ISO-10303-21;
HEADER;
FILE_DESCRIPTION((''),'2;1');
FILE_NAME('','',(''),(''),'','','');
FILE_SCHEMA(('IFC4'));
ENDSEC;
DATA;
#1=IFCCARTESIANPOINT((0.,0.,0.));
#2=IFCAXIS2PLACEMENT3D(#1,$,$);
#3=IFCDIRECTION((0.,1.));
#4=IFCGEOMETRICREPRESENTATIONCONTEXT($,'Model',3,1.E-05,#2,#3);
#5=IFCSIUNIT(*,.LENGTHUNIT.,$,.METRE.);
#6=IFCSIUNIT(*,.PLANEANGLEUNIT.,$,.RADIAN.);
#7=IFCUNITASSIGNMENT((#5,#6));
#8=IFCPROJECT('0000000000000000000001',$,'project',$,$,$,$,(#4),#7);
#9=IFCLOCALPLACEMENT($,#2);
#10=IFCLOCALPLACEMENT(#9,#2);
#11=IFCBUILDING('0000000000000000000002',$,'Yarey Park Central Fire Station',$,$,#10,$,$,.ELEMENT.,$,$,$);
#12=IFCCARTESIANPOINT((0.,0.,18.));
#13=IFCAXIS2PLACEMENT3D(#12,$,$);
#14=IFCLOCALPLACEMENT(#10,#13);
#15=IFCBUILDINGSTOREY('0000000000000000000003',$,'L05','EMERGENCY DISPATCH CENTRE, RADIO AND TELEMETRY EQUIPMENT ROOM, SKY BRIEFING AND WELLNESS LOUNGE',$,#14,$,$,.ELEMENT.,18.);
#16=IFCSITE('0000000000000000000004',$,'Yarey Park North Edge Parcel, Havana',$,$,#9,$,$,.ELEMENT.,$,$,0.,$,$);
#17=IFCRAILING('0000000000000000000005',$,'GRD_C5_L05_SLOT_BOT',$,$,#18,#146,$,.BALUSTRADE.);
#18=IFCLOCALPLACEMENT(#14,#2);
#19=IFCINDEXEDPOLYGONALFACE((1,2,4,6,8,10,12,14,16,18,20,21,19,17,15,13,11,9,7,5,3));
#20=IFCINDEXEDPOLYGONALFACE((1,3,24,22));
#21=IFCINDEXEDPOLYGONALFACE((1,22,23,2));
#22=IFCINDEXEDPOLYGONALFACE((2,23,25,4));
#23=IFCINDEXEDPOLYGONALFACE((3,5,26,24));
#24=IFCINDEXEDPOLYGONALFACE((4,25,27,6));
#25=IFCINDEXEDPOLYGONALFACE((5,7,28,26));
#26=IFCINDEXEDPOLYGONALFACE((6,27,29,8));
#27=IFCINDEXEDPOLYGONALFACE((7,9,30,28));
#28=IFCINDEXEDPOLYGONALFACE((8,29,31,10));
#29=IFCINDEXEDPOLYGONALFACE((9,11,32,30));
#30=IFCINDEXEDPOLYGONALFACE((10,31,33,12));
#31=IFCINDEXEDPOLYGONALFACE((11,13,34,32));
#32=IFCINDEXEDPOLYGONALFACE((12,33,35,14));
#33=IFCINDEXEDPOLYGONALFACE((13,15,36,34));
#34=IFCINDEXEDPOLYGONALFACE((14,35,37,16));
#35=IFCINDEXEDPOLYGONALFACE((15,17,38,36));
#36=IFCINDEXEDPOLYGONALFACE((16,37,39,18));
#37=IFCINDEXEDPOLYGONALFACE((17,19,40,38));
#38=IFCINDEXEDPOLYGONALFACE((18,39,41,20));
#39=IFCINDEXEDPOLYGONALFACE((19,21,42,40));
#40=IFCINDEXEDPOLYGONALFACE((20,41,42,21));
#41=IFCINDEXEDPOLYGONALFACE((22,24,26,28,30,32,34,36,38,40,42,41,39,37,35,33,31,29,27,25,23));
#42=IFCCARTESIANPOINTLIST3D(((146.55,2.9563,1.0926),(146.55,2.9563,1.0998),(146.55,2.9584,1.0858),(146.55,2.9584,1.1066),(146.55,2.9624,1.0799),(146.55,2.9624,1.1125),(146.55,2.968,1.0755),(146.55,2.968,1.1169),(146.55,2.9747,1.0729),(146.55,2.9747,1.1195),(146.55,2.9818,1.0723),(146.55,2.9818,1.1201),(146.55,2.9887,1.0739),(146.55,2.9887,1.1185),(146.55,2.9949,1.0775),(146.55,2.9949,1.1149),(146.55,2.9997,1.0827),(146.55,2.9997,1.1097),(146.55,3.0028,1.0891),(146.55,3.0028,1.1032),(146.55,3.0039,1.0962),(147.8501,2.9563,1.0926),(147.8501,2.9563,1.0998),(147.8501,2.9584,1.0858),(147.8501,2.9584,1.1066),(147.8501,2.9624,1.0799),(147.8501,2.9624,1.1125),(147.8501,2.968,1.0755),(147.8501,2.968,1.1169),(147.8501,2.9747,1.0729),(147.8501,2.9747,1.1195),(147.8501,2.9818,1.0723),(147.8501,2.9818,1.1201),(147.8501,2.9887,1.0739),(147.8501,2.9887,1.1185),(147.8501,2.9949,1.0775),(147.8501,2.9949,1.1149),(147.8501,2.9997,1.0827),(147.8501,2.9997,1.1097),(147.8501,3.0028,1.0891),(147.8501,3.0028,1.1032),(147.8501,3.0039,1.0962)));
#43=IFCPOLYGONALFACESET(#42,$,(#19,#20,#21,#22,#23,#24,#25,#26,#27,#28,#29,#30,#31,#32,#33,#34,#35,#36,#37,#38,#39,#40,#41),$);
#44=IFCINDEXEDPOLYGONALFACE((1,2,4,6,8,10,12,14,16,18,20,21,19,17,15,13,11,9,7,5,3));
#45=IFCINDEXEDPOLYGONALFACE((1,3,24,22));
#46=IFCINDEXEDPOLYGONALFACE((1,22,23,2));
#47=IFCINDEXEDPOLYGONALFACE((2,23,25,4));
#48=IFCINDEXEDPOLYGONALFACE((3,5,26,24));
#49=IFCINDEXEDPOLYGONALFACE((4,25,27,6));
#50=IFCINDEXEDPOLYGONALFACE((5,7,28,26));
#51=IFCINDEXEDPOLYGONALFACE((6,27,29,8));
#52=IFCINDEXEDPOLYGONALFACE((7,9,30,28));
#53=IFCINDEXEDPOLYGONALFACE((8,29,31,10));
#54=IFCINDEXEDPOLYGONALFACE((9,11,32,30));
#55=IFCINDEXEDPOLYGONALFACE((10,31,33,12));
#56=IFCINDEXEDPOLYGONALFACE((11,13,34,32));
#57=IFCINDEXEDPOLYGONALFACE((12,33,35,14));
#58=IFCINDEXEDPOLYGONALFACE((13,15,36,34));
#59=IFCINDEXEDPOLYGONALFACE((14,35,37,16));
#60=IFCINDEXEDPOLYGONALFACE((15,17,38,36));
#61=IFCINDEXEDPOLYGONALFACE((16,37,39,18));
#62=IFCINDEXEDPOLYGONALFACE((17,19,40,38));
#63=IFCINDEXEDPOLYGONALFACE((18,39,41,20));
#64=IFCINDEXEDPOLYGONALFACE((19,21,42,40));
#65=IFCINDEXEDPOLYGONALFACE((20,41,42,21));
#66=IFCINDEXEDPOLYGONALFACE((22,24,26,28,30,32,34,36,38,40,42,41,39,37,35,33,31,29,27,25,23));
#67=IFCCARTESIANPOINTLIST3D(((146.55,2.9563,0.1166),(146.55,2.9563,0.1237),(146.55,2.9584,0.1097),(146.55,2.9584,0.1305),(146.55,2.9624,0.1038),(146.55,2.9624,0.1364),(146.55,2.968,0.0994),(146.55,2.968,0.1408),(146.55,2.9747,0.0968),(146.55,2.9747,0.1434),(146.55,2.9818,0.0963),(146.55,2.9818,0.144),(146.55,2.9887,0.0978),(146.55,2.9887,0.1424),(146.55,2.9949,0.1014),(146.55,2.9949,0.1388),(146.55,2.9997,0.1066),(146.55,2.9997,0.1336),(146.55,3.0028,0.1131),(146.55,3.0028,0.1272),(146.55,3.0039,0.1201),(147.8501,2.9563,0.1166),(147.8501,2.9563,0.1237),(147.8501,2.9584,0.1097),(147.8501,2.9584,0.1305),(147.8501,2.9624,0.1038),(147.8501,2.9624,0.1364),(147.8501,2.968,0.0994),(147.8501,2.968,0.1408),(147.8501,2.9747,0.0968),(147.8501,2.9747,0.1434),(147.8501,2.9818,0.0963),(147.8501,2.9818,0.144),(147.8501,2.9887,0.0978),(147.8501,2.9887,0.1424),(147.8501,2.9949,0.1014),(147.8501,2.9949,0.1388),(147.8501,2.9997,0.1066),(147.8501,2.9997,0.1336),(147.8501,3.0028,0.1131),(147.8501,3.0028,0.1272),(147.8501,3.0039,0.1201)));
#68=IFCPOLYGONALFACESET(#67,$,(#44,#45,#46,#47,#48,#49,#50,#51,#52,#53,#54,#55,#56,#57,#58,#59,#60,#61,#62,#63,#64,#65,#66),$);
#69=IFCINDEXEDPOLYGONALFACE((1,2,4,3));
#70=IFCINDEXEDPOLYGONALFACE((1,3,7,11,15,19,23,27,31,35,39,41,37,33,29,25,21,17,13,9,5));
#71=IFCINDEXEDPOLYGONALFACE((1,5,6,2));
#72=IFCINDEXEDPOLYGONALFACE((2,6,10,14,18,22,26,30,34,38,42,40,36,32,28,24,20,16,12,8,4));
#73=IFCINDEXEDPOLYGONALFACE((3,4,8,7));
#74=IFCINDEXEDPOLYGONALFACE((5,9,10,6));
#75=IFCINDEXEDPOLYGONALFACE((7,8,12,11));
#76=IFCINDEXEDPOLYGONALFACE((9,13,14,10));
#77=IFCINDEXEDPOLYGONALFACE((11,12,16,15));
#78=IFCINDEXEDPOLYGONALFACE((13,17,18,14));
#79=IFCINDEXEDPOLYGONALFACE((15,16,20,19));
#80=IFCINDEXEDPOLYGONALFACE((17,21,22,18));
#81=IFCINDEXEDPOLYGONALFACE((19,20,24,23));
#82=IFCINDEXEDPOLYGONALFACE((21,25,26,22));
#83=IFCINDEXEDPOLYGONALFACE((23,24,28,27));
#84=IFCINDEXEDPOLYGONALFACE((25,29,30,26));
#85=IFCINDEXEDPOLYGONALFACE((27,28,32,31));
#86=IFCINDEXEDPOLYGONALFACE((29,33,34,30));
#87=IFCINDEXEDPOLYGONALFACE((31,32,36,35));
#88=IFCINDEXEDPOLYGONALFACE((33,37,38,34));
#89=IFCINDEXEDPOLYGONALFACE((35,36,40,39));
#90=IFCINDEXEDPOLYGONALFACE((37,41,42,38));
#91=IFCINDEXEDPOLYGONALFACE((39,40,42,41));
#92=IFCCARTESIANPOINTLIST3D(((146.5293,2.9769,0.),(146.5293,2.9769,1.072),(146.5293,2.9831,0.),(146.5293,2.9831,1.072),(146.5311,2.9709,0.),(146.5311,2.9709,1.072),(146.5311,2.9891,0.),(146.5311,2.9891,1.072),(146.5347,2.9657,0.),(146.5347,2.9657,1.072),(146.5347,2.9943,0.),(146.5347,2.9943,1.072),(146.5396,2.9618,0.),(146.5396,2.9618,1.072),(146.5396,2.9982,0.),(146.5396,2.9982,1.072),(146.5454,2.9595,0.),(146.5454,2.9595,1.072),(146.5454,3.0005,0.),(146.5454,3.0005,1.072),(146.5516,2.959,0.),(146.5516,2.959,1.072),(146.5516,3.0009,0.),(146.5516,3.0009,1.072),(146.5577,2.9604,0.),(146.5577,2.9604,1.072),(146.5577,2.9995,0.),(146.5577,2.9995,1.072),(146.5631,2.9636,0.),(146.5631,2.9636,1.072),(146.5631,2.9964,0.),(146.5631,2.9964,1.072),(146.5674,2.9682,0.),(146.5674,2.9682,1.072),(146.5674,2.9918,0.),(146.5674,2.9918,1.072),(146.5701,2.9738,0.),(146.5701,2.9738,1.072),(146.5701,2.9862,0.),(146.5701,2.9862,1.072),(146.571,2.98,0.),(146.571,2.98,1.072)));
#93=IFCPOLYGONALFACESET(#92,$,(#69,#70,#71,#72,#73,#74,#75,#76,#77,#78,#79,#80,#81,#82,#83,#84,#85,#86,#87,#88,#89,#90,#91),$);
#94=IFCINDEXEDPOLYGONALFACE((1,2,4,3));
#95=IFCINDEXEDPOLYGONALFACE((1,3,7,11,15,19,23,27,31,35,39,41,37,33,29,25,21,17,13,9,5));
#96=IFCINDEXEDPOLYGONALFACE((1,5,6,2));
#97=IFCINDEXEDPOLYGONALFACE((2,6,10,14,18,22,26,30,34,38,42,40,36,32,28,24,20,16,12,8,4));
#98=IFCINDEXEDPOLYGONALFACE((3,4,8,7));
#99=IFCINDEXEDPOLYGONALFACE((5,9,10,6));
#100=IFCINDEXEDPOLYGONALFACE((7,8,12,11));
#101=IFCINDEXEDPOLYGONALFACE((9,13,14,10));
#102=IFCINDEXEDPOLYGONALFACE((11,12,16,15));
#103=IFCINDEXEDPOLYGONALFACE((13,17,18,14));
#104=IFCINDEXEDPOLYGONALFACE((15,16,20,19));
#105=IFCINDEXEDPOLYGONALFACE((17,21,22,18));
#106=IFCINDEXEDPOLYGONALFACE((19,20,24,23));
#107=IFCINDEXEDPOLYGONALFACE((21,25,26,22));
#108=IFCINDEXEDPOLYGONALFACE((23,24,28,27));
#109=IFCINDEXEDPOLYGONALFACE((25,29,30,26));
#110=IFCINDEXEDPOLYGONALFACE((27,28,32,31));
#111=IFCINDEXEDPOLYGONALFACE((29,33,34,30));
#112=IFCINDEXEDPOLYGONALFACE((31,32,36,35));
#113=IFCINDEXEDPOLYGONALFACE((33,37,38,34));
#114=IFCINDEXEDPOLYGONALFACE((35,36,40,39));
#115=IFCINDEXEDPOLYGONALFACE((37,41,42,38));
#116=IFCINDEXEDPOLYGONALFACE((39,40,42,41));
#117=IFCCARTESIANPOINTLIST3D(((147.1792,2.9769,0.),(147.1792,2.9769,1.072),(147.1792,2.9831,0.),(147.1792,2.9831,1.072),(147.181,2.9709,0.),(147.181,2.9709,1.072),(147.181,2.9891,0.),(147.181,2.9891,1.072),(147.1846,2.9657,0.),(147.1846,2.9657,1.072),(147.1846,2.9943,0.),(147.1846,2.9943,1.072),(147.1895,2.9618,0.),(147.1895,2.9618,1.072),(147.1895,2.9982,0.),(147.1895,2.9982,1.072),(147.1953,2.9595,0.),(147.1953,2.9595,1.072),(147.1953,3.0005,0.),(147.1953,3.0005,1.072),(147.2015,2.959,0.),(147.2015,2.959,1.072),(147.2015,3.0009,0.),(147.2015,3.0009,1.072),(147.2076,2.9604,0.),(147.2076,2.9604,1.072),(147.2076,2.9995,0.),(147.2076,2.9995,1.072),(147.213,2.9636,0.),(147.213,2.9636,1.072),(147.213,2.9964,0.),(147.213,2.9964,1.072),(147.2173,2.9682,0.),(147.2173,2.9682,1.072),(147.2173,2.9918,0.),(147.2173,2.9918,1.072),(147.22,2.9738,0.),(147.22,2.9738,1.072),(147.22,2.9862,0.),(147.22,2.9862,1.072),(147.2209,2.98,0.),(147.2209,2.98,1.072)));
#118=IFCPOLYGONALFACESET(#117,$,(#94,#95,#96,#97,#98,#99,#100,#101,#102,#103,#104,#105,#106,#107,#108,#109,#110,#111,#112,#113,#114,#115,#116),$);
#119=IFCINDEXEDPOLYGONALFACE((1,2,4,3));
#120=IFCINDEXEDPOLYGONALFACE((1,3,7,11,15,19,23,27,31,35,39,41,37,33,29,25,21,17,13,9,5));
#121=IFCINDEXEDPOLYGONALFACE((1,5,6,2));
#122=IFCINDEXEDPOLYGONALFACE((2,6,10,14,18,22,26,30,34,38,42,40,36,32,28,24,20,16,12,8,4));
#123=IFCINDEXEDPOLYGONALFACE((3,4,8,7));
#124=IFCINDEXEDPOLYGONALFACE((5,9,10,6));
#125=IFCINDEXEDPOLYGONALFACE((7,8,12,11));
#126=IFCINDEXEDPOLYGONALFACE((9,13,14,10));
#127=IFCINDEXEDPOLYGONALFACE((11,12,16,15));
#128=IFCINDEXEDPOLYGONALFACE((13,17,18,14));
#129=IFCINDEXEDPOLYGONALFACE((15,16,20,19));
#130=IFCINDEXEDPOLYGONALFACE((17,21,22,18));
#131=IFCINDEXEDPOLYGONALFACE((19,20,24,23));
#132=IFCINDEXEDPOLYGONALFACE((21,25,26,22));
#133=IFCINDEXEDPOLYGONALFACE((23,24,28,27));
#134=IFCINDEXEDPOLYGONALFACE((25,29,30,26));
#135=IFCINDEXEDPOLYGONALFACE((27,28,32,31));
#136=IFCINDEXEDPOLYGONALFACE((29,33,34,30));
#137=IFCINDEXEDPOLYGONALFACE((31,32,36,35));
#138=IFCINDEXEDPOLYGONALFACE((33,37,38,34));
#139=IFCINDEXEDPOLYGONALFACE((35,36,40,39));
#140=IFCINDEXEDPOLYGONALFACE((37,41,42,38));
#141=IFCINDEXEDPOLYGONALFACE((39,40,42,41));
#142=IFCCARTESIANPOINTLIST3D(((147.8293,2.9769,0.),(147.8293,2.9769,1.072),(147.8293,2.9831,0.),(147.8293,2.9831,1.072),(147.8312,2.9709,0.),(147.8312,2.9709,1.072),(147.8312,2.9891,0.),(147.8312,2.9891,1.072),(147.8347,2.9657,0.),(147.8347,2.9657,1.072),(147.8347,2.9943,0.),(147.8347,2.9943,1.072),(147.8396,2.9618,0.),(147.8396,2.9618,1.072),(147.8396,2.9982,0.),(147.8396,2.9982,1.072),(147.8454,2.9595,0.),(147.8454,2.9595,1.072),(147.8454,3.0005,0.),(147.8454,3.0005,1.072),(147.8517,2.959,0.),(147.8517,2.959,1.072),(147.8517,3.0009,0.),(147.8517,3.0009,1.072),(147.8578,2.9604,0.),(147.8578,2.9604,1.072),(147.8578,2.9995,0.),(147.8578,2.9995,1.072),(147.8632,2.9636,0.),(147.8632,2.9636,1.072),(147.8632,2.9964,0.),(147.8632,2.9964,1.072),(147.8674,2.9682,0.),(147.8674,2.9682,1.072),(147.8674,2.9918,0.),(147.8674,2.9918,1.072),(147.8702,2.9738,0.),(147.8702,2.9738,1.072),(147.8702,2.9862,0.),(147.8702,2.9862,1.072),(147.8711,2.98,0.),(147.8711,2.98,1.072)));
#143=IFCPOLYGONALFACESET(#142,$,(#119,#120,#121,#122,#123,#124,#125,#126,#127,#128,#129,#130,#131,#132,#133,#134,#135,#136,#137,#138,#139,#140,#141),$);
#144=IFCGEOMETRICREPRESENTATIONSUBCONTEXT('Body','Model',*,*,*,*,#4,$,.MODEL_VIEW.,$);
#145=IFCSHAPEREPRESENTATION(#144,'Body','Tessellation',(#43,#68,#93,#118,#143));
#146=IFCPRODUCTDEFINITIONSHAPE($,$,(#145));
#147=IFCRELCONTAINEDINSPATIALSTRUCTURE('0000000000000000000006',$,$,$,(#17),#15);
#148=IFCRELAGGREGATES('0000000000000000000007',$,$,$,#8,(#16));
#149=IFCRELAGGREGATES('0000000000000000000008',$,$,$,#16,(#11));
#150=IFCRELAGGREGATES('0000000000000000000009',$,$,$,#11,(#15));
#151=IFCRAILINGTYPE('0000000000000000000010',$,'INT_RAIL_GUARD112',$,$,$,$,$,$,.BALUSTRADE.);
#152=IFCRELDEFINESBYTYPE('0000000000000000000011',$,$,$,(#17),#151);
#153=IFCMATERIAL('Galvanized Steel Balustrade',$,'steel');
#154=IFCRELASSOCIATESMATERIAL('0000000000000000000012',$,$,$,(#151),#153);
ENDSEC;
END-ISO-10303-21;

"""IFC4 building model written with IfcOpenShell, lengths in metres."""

from ifc_helpers import new_model, si_unit, direction, frame, origin, origin_2d, place, context, subcontext, project, spatial, circle, extrude, material, type_object, element, save


model = new_model("IFC4")

# Units and contexts
model_context = context("Model", 3, precision=1e-05, world=origin(), true_north=direction((0.0, 1.0)))
body_context = subcontext(model_context, "Body", "Model", "MODEL_VIEW")
ifc_project = project(units=[si_unit("LENGTHUNIT", "METRE"), si_unit("PLANEANGLEUNIT", "RADIAN")], contexts=[model_context])

# Site, building, storey
site_placement = place(None, origin())
site = spatial("IfcSite", under=ifc_project, at=site_placement, Name="Yarey Park North Edge Parcel, Havana", CompositionType="ELEMENT", RefElevation=0.0)
building_placement = place(site_placement, origin())
building = spatial("IfcBuilding", under=site, at=building_placement, Name="Yarey Park Central Fire Station", CompositionType="ELEMENT")
storey_placement = place(building_placement, frame((0.0, 0.0, 18.0)))
storey = spatial("IfcBuildingStorey", under=building, at=storey_placement, Name="L05", Description="EMERGENCY DISPATCH CENTRE, RADIO AND TELEMETRY EQUIPMENT ROOM, SKY BRIEFING AND WELLNESS LOUNGE", CompositionType="ELEMENT", Elevation=18.0)

# Railing
ifc_material_1 = material(Name="Galvanized Steel Balustrade", Category="steel")
railing_type_1 = type_object("IfcRailingType", Name="INT_RAIL_GUARD112", PredefinedType="BALUSTRADE", material=ifc_material_1)
for number, where, name in (
    (1, (146.55, 2.98, 0.0), "GRD_C5_L05_SLOT_BOT"),
):
    element("IfcRailing", number, at=place(storey_placement, frame(where)), inside=storey, type_object=railing_type_1, Name=name, PredefinedType="BALUSTRADE", context=body_context, shape_type="SweptSolid", body=[
        extrude(circle(Radius=0.0239, at=origin_2d()), frame((0.0, 0.0, 1.0962), z_axis=(1.0, 0.0, 0.0), x_axis=(0.0, 1.0, 0.0)), (0.0, 0.0, 1.0), 1.3),
        extrude(circle(Radius=0.0239, at=origin_2d()), frame((0.0, 0.0, 0.1201), z_axis=(1.0, 0.0, 0.0), x_axis=(0.0, 1.0, 0.0)), (0.0, 0.0, 1.0), 1.3),
        extrude(circle(Radius=0.021, at=origin_2d()), origin(), (0.0, 0.0, 1.0), 1.072),
        extrude(circle(Radius=0.021, at=origin_2d()), frame((0.6499, 0.0, 0.0)), (0.0, 0.0, 1.0), 1.072),
        extrude(circle(Radius=0.021, at=origin_2d()), frame((1.3, 0.0, 0.0)), (0.0, 0.0, 1.0), 1.072),
    ])

save(model, "model.ifc")
